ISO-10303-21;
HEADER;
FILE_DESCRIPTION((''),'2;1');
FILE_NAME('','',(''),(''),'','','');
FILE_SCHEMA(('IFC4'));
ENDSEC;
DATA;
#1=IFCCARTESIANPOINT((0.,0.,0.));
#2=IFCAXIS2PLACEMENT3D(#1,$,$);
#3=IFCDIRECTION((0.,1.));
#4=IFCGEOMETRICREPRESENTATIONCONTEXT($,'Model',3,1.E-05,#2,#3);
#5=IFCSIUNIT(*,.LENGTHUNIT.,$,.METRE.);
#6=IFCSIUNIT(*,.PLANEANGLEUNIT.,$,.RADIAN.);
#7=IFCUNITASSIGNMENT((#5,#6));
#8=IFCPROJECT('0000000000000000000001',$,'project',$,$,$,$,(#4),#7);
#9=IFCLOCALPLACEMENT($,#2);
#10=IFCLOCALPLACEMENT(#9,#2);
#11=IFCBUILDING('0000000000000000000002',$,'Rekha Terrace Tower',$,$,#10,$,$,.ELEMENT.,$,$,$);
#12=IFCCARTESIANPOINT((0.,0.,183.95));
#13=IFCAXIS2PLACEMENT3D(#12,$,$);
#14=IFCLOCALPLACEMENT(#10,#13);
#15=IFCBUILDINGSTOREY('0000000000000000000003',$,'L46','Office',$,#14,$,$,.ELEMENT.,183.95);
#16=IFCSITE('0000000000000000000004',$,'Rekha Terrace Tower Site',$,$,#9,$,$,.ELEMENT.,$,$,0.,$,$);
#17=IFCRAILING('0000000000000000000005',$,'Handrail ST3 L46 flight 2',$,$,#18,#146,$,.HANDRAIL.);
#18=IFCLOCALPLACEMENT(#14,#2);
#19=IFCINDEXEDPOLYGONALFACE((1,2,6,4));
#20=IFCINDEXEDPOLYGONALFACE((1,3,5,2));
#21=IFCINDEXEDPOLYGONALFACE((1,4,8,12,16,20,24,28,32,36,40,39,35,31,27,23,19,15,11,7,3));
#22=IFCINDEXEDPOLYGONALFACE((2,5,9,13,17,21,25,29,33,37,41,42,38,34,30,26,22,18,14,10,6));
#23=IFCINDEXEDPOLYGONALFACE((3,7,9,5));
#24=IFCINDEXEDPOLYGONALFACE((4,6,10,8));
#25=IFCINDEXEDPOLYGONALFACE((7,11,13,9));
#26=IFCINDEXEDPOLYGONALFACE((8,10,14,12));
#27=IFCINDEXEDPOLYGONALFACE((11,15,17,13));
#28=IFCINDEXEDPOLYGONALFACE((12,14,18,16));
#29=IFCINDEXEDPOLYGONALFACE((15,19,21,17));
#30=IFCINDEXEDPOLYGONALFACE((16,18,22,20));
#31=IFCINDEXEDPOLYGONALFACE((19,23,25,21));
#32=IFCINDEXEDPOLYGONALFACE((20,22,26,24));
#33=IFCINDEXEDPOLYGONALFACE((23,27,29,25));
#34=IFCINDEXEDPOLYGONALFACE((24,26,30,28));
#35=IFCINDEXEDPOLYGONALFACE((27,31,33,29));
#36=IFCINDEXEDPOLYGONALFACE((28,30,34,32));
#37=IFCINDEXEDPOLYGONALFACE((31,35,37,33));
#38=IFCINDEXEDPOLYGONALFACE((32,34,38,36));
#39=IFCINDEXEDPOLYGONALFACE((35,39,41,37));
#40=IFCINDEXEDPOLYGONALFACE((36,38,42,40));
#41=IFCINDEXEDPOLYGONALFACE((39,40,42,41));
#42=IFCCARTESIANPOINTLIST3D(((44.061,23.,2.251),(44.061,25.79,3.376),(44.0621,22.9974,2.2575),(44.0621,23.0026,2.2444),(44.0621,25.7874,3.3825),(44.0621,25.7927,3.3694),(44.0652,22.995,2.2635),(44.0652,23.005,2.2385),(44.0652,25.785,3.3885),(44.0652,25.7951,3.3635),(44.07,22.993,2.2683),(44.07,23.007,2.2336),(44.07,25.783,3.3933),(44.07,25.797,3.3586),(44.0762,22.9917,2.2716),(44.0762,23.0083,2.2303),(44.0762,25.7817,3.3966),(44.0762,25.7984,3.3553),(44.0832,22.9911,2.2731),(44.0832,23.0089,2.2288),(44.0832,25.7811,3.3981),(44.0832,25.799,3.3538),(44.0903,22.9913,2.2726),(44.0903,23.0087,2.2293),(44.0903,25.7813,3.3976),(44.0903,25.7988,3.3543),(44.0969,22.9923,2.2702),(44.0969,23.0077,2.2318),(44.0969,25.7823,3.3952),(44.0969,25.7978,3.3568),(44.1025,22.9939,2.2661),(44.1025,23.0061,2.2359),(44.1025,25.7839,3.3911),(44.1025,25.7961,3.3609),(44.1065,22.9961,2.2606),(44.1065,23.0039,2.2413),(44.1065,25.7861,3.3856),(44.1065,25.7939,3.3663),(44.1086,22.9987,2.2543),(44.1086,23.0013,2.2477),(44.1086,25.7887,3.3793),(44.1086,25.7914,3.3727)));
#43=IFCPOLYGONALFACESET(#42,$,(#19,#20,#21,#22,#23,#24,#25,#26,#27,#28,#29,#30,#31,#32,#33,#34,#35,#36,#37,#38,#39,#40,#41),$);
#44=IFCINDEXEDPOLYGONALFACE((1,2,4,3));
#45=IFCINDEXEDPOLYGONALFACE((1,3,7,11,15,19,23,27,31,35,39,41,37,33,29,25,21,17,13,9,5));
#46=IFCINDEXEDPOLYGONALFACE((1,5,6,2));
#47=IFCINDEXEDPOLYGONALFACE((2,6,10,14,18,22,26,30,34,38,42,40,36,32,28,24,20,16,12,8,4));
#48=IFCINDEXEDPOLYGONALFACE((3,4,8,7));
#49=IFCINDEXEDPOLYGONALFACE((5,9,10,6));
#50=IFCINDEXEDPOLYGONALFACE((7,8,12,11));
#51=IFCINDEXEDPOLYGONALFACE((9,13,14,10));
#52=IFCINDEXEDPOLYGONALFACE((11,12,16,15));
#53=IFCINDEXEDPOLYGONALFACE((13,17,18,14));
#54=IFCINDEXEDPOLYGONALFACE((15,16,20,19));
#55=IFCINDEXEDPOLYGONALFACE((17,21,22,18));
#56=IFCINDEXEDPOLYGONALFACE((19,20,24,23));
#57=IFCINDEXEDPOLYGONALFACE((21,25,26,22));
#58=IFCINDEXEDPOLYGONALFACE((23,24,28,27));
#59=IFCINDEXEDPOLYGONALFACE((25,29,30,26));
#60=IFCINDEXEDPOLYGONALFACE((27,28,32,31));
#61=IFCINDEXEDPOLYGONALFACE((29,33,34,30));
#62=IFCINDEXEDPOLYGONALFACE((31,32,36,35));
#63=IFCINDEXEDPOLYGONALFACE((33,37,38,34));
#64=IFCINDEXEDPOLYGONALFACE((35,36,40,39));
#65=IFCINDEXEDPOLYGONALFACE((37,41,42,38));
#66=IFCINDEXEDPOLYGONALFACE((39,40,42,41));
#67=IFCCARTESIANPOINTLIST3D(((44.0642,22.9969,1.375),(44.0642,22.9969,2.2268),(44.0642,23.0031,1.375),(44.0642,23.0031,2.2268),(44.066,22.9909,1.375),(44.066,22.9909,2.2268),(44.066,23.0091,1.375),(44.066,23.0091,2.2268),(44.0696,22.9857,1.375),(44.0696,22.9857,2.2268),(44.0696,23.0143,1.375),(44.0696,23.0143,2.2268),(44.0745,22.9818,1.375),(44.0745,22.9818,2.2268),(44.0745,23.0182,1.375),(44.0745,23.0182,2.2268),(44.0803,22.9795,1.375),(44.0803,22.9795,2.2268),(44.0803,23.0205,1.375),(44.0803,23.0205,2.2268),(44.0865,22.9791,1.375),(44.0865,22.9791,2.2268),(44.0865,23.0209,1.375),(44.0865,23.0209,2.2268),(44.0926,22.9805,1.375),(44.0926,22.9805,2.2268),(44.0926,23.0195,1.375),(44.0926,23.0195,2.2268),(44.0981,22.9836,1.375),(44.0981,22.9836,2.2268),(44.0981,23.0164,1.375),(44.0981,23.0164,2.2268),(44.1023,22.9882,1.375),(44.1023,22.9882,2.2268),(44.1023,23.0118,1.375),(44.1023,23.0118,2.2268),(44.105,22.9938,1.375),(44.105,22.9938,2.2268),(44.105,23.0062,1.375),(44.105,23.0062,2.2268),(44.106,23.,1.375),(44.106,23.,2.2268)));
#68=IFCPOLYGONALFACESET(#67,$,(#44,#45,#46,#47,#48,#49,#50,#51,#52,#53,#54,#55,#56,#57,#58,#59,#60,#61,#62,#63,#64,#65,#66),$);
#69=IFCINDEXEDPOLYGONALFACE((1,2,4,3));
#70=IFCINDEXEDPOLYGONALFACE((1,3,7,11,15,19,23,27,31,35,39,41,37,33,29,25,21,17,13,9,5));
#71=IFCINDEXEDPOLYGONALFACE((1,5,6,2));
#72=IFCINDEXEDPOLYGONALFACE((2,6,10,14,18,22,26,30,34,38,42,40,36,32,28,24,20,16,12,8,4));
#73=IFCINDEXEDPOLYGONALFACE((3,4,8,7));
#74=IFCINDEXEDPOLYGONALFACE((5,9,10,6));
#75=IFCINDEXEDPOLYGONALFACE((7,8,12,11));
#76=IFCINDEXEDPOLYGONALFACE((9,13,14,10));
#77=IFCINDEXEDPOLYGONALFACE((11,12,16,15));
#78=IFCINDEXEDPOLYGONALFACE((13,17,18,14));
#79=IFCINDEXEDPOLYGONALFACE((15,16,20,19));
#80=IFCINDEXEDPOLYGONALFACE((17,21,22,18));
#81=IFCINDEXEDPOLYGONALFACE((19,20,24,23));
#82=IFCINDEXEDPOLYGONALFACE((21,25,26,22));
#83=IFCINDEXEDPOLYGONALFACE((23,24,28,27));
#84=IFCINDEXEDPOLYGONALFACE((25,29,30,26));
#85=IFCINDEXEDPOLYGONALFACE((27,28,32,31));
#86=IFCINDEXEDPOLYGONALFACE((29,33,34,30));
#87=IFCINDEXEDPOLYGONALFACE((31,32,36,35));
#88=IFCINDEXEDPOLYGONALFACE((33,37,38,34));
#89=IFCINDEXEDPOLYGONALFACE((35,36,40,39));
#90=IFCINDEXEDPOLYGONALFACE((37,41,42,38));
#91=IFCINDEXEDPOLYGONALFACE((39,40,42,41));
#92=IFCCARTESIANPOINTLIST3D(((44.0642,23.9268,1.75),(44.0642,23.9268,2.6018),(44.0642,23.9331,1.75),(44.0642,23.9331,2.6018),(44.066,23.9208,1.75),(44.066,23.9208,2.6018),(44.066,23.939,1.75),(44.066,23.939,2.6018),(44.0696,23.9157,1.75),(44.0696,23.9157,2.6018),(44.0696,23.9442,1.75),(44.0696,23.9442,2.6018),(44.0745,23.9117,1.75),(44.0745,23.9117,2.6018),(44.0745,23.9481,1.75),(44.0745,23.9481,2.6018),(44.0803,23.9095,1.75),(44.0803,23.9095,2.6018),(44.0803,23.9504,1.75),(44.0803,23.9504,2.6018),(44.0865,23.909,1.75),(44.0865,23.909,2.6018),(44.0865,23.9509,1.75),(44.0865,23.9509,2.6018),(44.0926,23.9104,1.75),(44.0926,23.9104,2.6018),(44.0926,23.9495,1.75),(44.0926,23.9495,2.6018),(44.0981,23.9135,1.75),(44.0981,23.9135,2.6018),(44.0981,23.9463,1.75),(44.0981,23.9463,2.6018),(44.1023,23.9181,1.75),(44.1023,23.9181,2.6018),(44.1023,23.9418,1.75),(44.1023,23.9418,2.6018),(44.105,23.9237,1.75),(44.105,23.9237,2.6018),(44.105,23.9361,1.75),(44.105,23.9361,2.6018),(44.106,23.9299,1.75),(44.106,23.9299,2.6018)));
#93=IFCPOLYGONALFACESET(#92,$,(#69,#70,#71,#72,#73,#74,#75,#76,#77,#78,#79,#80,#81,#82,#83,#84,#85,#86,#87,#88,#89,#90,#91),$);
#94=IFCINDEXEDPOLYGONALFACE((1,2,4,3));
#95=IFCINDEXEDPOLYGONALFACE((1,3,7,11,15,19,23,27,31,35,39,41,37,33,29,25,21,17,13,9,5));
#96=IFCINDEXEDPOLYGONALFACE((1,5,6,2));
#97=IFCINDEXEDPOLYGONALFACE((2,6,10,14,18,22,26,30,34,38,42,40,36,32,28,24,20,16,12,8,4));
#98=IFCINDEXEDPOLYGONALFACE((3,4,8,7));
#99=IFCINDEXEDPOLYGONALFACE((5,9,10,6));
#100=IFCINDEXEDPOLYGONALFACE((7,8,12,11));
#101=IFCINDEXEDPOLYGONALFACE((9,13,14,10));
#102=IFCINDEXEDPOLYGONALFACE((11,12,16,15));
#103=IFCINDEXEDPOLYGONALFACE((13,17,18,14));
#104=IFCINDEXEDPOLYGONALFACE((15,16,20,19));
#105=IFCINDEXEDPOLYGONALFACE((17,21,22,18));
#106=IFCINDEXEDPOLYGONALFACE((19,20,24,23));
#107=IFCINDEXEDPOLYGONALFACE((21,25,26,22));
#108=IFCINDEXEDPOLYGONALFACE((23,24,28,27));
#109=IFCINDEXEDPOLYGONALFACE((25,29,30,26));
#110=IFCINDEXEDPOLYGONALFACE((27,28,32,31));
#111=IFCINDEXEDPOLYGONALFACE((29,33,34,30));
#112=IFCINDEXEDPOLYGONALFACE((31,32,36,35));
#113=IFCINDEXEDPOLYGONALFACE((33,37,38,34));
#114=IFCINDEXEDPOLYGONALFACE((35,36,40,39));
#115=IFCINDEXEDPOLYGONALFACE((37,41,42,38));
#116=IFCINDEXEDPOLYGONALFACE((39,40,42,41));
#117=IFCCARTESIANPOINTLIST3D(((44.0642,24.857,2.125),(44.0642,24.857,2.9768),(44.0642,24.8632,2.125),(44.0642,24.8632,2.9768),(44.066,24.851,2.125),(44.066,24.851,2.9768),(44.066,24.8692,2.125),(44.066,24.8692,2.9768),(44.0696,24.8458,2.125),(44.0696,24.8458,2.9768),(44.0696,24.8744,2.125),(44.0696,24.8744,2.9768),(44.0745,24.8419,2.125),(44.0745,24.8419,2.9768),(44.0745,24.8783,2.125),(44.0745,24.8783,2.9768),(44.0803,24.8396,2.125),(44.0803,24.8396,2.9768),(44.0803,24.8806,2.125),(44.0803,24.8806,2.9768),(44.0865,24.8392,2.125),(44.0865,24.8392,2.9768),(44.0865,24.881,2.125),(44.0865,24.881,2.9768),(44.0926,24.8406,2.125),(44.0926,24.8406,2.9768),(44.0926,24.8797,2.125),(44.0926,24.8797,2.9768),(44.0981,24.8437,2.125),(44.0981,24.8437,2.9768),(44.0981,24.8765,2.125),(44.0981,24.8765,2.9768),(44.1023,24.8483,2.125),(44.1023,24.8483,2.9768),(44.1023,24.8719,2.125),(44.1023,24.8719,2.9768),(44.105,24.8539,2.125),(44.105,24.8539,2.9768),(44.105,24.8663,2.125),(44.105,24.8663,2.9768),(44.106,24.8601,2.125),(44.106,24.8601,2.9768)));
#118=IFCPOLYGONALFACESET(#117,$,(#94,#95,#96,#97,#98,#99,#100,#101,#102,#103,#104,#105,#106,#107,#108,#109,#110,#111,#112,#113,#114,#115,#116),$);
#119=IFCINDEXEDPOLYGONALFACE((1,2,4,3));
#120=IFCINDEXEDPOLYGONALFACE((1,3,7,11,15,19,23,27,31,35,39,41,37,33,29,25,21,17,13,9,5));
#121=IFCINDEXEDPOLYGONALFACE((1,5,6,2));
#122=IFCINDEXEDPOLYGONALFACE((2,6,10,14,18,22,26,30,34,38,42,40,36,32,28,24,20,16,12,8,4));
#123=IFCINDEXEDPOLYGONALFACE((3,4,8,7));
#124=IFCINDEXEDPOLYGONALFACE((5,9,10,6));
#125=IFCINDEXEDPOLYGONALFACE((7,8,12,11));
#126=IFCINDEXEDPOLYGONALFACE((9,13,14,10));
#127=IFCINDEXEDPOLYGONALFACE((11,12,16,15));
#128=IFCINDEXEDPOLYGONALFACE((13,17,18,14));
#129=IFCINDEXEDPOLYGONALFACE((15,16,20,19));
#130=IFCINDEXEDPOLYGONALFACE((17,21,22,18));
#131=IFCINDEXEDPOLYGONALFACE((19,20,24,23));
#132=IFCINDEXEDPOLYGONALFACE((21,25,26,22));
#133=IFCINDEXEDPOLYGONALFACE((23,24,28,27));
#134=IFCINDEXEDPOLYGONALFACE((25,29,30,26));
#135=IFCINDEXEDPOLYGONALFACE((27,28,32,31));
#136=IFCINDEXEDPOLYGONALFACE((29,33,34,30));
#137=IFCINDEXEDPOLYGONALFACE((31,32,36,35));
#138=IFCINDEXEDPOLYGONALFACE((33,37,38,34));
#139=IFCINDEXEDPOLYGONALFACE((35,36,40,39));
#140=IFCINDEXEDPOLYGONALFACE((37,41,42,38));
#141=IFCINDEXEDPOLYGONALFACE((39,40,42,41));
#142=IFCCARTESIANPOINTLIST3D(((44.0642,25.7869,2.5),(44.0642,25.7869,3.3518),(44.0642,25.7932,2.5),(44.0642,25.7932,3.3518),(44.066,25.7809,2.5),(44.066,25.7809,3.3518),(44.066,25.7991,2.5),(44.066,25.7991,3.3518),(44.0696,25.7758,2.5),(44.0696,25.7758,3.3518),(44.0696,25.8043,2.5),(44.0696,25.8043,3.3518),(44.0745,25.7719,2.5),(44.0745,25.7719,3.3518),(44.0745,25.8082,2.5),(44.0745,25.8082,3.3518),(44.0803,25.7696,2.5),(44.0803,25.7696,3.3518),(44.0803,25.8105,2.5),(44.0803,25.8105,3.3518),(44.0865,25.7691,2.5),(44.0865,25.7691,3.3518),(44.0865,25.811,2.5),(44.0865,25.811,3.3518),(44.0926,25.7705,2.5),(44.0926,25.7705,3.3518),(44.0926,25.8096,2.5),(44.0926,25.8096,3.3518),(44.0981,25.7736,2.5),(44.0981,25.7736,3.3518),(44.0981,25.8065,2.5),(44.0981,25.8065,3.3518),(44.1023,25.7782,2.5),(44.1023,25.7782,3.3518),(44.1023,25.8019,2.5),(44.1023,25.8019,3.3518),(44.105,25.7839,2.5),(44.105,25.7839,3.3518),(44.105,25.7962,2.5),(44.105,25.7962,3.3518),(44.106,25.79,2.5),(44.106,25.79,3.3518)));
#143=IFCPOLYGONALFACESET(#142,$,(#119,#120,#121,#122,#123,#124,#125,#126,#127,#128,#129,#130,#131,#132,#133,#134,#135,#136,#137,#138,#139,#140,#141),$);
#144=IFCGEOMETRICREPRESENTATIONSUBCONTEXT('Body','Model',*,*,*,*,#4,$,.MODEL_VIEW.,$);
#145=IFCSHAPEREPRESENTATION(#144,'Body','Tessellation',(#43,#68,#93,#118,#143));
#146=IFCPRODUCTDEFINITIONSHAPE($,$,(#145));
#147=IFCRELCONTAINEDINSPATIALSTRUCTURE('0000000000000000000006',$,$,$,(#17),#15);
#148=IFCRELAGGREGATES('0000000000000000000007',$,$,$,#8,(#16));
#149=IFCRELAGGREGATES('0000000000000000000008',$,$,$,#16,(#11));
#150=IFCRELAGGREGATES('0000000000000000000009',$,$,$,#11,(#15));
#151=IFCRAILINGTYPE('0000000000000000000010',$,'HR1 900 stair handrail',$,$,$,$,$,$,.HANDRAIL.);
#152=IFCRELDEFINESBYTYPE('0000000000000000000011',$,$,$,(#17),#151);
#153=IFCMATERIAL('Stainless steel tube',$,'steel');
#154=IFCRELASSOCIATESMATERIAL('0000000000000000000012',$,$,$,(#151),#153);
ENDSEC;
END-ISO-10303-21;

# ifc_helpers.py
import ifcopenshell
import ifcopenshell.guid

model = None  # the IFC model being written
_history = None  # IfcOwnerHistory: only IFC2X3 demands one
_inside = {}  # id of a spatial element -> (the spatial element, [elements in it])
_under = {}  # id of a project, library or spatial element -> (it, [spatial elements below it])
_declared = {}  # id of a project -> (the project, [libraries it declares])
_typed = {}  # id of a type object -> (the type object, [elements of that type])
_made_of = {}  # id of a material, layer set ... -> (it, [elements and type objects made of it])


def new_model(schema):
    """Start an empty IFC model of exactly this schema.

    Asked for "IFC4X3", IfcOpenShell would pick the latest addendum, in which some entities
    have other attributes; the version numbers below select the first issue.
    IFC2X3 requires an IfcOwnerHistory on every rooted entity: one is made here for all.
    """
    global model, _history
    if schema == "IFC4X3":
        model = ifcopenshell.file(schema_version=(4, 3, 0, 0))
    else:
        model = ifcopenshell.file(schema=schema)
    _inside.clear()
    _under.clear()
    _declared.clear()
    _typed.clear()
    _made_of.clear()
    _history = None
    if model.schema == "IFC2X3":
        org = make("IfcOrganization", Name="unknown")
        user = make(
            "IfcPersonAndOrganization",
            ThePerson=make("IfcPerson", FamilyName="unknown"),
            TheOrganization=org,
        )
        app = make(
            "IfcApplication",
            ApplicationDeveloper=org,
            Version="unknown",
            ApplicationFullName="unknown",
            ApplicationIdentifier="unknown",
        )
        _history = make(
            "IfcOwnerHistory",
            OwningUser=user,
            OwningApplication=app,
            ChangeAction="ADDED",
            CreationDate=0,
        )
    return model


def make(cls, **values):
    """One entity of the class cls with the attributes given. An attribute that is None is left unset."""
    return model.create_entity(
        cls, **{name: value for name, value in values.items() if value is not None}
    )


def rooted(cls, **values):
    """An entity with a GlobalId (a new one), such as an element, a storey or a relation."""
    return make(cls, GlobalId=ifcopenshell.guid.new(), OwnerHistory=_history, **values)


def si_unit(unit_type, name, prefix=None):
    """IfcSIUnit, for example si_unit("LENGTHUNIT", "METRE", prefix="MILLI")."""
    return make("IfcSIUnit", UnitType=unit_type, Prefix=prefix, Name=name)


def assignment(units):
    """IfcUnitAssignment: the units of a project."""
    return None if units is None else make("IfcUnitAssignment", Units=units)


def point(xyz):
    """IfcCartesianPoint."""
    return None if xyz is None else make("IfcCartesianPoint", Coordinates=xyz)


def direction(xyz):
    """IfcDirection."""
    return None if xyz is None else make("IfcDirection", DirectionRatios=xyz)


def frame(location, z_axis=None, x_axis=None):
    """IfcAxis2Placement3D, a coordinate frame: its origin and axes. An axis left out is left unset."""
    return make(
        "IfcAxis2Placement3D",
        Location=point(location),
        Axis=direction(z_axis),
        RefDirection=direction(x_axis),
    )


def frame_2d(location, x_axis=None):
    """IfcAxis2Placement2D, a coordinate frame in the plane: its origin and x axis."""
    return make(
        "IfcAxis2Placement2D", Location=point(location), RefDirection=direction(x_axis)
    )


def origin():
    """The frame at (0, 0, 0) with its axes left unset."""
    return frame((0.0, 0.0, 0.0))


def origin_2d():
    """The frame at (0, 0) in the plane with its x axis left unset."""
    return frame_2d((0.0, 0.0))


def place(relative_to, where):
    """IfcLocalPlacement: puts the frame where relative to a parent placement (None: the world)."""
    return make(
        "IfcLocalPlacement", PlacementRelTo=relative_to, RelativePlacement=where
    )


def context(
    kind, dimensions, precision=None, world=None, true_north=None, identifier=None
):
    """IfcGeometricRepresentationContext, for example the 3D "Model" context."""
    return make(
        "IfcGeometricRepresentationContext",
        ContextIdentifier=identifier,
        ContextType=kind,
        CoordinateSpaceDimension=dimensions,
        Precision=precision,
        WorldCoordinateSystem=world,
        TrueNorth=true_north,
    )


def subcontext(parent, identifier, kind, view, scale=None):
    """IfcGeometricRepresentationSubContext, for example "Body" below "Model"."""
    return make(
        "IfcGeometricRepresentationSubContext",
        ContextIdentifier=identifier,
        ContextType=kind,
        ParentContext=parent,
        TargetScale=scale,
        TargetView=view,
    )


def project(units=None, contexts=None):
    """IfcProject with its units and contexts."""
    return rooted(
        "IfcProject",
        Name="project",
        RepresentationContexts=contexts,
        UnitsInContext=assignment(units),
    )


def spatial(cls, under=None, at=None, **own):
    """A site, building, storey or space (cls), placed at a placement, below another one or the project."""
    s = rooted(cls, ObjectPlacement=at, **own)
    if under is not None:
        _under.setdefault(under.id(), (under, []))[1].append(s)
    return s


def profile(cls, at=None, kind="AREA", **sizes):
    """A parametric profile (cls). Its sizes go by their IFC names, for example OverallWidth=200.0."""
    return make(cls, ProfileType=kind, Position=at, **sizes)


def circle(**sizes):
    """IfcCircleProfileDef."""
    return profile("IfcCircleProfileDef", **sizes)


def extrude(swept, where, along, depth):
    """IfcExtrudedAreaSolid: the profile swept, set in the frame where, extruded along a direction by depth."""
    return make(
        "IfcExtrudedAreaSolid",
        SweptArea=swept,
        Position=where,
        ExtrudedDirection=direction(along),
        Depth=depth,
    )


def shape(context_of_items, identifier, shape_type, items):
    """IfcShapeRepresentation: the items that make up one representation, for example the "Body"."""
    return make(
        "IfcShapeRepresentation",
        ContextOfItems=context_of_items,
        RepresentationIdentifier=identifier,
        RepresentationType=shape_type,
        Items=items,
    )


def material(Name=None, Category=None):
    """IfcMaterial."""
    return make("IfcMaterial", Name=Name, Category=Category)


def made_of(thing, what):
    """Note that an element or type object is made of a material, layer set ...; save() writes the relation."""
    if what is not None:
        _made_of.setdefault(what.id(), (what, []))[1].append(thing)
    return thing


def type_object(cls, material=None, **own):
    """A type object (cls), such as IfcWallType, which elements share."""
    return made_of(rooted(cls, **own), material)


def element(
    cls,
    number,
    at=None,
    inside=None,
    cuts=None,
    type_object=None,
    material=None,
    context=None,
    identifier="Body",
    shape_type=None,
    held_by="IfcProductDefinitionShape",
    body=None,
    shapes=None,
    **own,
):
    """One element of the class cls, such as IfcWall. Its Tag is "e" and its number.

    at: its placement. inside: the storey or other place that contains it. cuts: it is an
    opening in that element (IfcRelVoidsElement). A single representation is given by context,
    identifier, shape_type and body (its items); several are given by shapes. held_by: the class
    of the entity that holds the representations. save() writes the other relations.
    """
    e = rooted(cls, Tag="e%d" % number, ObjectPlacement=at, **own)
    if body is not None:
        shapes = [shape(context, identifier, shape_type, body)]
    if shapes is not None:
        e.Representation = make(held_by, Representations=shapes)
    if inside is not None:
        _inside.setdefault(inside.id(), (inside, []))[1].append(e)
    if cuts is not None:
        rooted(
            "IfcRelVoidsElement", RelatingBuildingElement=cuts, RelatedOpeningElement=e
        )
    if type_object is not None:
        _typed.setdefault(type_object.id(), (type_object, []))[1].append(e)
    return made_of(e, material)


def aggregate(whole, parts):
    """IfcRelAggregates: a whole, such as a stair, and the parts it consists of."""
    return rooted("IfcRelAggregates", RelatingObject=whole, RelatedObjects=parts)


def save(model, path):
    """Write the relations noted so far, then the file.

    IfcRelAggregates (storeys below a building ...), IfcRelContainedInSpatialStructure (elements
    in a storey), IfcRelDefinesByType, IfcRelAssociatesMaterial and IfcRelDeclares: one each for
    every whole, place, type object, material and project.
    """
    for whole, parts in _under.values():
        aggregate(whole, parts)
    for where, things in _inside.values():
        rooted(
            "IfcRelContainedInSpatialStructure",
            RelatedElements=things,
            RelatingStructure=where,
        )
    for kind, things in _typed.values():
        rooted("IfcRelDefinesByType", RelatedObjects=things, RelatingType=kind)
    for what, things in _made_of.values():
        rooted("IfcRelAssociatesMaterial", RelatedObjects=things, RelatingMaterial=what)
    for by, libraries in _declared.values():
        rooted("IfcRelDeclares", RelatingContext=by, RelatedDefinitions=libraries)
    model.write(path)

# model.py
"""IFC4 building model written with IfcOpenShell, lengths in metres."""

from ifc_helpers import new_model, si_unit, direction, frame, origin, origin_2d, place, context, subcontext, project, spatial, circle, extrude, material, type_object, element, save


model = new_model("IFC4")

# Units and contexts
model_context = context("Model", 3, precision=1e-05, world=origin(), true_north=direction((0.0, 1.0)))
body_context = subcontext(model_context, "Body", "Model", "MODEL_VIEW")
ifc_project = project(units=[si_unit("LENGTHUNIT", "METRE"), si_unit("PLANEANGLEUNIT", "RADIAN")], contexts=[model_context])

# Site, building, storey
site_placement = place(None, origin())
site = spatial("IfcSite", under=ifc_project, at=site_placement, Name="Rekha Terrace Tower Site", CompositionType="ELEMENT", RefElevation=0.0)
building_placement = place(site_placement, origin())
building = spatial("IfcBuilding", under=site, at=building_placement, Name="Rekha Terrace Tower", CompositionType="ELEMENT")
storey_placement = place(building_placement, frame((0.0, 0.0, 183.95)))
storey = spatial("IfcBuildingStorey", under=building, at=storey_placement, Name="L46", Description="Office", CompositionType="ELEMENT", Elevation=183.95)

# Railing
ifc_material_1 = material(Name="Stainless steel tube", Category="steel")
railing_type_1 = type_object("IfcRailingType", Name="HR1 900 stair handrail", PredefinedType="HANDRAIL", material=ifc_material_1)
railing_1_placement = place(storey_placement, frame((44.085, 23.0, 1.375)))
element("IfcRailing", 1, at=railing_1_placement, inside=storey, type_object=railing_type_1, Name="Handrail ST3 L46 flight 2", PredefinedType="HANDRAIL", context=body_context, shape_type="SweptSolid", body=[
    extrude(circle(Radius=0.0239, at=origin_2d()), frame((0.0, 0.0, 0.876), z_axis=(0.0, 0.927443, 0.373964), x_axis=(-1.0, 0.0, 0.0)), (0.0, 0.0, 1.0), 3.0083),
    extrude(circle(Radius=0.021, at=origin_2d()), origin(), (0.0, 0.0, 1.0), 0.8518),
    extrude(circle(Radius=0.021, at=origin_2d()), frame((0.0, 0.9299, 0.375)), (0.0, 0.0, 1.0), 0.8518),
    extrude(circle(Radius=0.021, at=origin_2d()), frame((0.0, 1.8601, 0.75)), (0.0, 0.0, 1.0), 0.8518),
    extrude(circle(Radius=0.021, at=origin_2d()), frame((0.0, 2.79, 1.125)), (0.0, 0.0, 1.0), 0.8518),
])

save(model, "model.ifc")
